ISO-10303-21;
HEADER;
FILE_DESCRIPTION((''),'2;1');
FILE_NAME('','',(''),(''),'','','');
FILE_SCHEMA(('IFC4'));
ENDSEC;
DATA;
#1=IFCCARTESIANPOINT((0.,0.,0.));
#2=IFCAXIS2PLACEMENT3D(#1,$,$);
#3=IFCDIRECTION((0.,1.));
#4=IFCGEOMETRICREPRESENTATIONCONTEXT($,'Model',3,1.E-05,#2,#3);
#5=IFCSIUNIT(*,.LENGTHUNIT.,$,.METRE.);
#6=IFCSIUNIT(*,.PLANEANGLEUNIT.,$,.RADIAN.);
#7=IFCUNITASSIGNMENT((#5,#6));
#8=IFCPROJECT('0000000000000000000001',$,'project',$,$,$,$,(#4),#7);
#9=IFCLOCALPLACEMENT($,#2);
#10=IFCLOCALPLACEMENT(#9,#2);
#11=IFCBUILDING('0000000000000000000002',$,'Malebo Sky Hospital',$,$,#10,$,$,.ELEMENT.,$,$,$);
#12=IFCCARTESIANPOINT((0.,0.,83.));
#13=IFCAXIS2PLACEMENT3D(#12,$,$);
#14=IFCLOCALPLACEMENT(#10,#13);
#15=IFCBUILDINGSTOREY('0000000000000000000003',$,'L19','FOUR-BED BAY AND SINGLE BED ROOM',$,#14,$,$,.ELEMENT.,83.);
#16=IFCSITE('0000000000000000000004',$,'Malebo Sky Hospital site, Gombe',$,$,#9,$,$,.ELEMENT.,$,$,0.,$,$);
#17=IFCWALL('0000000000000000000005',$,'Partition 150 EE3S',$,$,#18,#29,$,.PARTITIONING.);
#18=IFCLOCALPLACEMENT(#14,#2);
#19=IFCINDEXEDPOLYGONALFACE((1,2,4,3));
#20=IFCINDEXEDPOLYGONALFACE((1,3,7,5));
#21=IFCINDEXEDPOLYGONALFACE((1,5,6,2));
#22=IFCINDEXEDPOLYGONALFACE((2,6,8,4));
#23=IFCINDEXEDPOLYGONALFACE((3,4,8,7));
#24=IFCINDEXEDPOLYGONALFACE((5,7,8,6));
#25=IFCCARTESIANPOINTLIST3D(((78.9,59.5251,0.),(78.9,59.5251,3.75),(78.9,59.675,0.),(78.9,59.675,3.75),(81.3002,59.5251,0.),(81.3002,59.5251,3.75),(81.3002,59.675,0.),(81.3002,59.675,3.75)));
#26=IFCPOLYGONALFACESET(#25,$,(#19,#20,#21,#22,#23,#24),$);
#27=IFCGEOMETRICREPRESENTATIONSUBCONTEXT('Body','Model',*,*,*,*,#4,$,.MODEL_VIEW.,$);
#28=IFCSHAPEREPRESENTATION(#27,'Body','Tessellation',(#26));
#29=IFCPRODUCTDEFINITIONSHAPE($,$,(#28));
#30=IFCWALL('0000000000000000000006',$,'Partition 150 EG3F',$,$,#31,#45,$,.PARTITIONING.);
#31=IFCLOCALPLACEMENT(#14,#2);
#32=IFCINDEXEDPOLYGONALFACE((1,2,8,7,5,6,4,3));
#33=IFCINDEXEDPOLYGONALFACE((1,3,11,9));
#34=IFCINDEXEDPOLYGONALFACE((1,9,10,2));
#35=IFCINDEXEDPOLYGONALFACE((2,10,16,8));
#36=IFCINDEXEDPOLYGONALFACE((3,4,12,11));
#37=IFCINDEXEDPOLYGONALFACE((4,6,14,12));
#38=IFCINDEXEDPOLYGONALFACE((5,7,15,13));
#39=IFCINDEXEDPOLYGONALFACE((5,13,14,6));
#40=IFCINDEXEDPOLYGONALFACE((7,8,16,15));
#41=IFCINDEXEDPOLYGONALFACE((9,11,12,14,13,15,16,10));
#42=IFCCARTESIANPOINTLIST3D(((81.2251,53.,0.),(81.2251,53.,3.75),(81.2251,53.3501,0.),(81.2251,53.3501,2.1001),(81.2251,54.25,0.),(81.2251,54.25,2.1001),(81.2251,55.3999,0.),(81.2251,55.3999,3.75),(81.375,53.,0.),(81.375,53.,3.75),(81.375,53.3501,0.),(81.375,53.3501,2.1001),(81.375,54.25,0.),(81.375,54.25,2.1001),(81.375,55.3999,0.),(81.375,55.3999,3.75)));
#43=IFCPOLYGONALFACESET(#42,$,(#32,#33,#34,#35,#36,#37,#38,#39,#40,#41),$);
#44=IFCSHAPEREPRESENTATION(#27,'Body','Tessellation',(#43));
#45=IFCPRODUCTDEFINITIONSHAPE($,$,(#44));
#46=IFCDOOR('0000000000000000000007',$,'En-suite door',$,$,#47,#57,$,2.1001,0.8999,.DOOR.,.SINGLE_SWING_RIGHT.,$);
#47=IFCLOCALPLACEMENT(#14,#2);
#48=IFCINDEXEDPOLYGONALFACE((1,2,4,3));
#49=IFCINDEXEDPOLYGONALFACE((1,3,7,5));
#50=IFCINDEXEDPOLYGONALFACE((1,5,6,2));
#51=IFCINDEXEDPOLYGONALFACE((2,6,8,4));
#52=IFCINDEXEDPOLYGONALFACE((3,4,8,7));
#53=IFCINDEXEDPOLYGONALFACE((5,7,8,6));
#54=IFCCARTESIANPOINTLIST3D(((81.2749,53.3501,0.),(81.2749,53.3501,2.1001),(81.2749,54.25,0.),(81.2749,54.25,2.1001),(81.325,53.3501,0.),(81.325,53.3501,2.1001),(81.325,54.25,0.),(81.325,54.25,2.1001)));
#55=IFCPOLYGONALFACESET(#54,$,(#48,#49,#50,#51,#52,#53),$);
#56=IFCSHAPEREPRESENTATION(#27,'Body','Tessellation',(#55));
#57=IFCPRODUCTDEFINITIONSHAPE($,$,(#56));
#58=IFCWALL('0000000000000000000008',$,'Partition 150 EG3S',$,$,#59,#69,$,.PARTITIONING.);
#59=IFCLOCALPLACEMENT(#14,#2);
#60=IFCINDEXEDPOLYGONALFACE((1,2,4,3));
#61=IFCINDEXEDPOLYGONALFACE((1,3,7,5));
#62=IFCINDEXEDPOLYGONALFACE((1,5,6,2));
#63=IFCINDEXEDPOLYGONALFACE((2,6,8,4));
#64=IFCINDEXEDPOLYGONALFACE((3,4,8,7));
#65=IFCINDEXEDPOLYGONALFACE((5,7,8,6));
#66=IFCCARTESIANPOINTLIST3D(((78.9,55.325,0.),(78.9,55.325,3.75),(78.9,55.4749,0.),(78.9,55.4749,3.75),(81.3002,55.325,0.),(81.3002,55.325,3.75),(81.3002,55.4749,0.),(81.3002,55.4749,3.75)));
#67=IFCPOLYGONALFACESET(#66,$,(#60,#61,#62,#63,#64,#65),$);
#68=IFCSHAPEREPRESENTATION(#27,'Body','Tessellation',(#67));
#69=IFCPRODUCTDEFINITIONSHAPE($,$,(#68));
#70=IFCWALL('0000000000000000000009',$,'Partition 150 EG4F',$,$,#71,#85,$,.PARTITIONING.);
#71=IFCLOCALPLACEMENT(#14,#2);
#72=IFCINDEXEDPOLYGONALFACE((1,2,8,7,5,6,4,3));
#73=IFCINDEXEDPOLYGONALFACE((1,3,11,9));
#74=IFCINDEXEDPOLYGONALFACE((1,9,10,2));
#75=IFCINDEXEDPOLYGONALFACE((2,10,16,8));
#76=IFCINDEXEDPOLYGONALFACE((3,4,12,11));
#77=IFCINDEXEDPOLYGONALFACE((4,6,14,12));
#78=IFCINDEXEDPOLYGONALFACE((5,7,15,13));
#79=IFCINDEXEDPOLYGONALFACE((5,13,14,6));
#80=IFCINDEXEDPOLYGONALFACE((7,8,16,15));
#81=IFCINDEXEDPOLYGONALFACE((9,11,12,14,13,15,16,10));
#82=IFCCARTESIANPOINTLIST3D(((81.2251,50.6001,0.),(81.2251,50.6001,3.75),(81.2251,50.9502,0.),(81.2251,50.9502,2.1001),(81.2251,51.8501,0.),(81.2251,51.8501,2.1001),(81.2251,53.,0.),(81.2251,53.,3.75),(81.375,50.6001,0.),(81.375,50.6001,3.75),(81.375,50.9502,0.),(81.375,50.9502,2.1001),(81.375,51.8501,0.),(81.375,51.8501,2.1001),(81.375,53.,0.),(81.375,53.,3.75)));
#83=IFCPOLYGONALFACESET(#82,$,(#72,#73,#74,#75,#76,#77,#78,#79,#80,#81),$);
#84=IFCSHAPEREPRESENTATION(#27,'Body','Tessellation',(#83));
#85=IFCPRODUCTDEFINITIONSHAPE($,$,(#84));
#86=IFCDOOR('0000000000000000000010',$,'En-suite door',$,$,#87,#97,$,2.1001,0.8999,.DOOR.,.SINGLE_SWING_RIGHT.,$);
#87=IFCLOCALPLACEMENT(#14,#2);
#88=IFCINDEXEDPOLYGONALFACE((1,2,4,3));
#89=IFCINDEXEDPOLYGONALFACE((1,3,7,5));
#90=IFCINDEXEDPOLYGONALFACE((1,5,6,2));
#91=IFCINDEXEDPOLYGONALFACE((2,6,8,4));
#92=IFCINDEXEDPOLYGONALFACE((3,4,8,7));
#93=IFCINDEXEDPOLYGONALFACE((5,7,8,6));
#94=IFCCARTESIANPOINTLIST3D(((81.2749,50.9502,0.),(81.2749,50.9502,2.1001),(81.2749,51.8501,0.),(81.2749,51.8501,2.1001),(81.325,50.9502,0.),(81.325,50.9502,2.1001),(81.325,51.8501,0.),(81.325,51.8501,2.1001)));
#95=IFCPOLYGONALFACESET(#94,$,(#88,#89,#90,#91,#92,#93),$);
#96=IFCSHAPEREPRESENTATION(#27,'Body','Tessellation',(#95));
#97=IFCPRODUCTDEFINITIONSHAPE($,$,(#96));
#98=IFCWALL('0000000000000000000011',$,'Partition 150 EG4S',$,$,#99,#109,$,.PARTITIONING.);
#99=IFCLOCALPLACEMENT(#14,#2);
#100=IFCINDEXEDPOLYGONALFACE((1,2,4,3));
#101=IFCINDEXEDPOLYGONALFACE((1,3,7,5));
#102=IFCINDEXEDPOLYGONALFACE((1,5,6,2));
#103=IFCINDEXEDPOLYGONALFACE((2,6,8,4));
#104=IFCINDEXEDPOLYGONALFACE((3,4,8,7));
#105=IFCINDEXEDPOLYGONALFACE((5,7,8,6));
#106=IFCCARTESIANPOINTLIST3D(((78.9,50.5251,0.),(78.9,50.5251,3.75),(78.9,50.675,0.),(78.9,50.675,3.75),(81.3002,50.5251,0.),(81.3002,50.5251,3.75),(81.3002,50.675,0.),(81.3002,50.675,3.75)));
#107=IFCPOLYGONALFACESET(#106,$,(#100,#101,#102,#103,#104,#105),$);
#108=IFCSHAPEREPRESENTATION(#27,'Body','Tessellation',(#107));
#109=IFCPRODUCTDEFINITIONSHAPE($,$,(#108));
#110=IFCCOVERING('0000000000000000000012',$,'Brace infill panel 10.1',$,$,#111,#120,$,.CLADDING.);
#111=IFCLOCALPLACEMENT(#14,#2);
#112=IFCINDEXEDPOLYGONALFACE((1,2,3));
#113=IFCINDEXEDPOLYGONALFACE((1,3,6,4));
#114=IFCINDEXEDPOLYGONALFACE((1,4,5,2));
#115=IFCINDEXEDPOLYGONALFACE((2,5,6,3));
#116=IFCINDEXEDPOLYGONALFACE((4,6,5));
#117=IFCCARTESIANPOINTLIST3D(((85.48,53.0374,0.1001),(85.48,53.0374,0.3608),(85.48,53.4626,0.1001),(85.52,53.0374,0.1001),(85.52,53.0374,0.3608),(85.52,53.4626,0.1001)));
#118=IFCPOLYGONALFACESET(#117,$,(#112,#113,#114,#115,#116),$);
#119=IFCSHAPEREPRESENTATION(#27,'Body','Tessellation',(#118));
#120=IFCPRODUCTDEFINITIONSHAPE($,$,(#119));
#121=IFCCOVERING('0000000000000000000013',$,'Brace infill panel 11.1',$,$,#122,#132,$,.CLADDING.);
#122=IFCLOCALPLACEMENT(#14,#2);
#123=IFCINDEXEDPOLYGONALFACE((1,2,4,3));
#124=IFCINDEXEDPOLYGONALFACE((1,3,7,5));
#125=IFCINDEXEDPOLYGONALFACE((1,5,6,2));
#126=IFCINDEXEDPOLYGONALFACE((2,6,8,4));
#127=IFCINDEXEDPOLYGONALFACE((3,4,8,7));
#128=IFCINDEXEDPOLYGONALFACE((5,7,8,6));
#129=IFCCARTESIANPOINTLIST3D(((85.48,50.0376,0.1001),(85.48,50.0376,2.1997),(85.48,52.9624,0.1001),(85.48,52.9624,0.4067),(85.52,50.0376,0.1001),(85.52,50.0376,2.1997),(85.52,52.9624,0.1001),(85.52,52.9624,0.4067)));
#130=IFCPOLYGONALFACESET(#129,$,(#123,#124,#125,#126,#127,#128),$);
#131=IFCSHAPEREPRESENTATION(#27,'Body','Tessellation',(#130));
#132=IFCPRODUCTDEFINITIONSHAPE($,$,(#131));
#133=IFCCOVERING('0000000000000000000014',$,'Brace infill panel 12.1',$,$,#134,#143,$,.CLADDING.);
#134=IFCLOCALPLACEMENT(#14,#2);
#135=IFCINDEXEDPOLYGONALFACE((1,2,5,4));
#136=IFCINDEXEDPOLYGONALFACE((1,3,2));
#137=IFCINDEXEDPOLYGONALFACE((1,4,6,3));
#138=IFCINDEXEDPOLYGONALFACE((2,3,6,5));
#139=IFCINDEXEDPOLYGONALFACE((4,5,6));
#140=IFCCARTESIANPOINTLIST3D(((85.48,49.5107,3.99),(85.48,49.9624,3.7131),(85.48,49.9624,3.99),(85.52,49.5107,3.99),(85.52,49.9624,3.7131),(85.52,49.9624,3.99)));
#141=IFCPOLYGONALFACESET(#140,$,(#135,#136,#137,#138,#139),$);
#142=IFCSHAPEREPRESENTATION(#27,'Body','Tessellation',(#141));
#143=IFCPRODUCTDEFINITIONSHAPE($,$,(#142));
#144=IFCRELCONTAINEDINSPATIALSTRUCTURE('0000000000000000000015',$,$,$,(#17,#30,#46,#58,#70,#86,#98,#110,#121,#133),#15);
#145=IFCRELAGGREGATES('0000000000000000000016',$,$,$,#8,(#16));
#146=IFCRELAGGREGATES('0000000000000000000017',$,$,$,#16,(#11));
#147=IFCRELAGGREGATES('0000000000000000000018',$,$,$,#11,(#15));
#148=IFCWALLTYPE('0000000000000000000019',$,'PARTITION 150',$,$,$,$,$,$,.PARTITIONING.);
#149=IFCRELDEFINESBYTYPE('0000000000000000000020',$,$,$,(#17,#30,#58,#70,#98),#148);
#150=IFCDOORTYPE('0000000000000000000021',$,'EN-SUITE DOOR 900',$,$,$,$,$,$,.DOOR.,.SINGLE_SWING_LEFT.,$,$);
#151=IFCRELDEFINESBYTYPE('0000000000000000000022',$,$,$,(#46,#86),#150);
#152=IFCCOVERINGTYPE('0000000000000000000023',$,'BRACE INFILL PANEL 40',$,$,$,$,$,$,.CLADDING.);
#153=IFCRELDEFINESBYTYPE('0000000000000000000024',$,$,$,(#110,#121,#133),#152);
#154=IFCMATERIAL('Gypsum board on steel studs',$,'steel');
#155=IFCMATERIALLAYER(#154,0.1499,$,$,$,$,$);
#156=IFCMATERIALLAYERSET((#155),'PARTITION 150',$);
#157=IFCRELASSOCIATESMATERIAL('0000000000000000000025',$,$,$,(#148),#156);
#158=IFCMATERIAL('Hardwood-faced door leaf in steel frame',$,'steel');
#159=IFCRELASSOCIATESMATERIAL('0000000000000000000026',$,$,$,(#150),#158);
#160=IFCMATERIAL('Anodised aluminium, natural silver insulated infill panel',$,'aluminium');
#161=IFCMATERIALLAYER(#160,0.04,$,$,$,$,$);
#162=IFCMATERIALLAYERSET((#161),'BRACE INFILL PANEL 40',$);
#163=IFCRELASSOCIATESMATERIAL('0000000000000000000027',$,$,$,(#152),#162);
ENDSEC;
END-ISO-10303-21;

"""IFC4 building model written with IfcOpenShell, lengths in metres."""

from ifc_helpers import new_model, si_unit, direction, frame, frame_2d, origin, place, context, subcontext, project, spatial, polyline, rectangle, outline, extrude, material, layer, layer_set, type_object, element, fill, save


model = new_model("IFC4")

# Units and contexts
model_context = context("Model", 3, precision=1e-05, world=origin(), true_north=direction((0.0, 1.0)))
body_context = subcontext(model_context, "Body", "Model", "MODEL_VIEW")
ifc_project = project(units=[si_unit("LENGTHUNIT", "METRE"), si_unit("PLANEANGLEUNIT", "RADIAN")], contexts=[model_context])

# Site, building, storey
site_placement = place(None, origin())
site = spatial("IfcSite", under=ifc_project, at=site_placement, Name="Malebo Sky Hospital site, Gombe", CompositionType="ELEMENT", RefElevation=0.0)
building_placement = place(site_placement, origin())
building = spatial("IfcBuilding", under=site, at=building_placement, Name="Malebo Sky Hospital", CompositionType="ELEMENT")
storey_placement = place(building_placement, frame((0.0, 0.0, 83.0)))
storey = spatial("IfcBuildingStorey", under=building, at=storey_placement, Name="L19", Description="FOUR-BED BAY AND SINGLE BED ROOM", CompositionType="ELEMENT", Elevation=83.0)

# Wall
ifc_material_1 = material(Name="Gypsum board on steel studs", Category="steel")
ifc_layer_1 = layer(ifc_material_1, 0.1499)
ifc_layer_set_1 = layer_set([ifc_layer_1], Name="PARTITION 150")
wall_type = type_object("IfcWallType", Name="PARTITION 150", PredefinedType="PARTITIONING", material=ifc_layer_set_1)
wall_1_placement = place(storey_placement, frame((78.8999, 59.6001, 0.0), z_axis=(0.0, 0.0, 1.0), x_axis=(1.0, 0.0, 0.0)))
element("IfcWall", 1, at=wall_1_placement, inside=storey, type_object=wall_type, Name="Partition 150 EE3S", PredefinedType="PARTITIONING", context=body_context, shape_type="SweptSolid", body=[
    extrude(rectangle(XDim=2.4001, YDim=0.1499, at=frame_2d((1.2002, 0.0))), origin(), (0.0, 0.0, 1.0), 3.75),
])

# Wall, opening, door
wall_2_placement = place(storey_placement, frame((81.3, 55.3999, 0.0), z_axis=(0.0, 0.0, 1.0), x_axis=(0.0, -1.0, 0.0)))
wall_2 = element("IfcWall", 2, at=wall_2_placement, inside=storey, type_object=wall_type, Name="Partition 150 EG3F", PredefinedType="PARTITIONING", context=body_context, shape_type="SweptSolid", body=[
    extrude(rectangle(XDim=2.3999, YDim=0.1499, at=frame_2d((1.2, 0.0))), origin(), (0.0, 0.0, 1.0), 3.75),
])
opening_1_placement = place(wall_2_placement, frame((1.1499, 0.0, 0.0)))
opening_1 = element("IfcOpeningElement", 3, at=opening_1_placement, cuts=wall_2, PredefinedType="OPENING", context=body_context, shape_type="SweptSolid", body=[
    extrude(rectangle(XDim=0.8999, YDim=2.1001, at=frame_2d((0.45, 1.05))), frame((0.0, 0.085, 0.0), z_axis=(0.0, -1.0, 0.0), x_axis=(1.0, 0.0, 0.0)), (0.0, 0.0, 1.0), 0.1699),
])
ifc_material_2 = material(Name="Hardwood-faced door leaf in steel frame", Category="steel")
door_type = type_object("IfcDoorType", Name="EN-SUITE DOOR 900", OperationType="SINGLE_SWING_LEFT", PredefinedType="DOOR", material=ifc_material_2)
door_1_placement = place(opening_1_placement, origin())
door_1 = element("IfcDoor", 4, at=door_1_placement, inside=storey, type_object=door_type, Name="En-suite door", OperationType="SINGLE_SWING_RIGHT", OverallHeight=2.1001, OverallWidth=0.8999, PredefinedType="DOOR", context=body_context, shape_type="SweptSolid", body=[
    extrude(rectangle(XDim=0.8999, YDim=2.1001, at=frame_2d((0.45, 1.05))), frame((0.0, 0.0249, 0.0), z_axis=(0.0, -1.0, 0.0), x_axis=(1.0, 0.0, 0.0)), (0.0, 0.0, 1.0), 0.05),
])
fill(opening_1, door_1)

# Wall
wall_3_placement = place(storey_placement, frame((78.8999, 55.3999, 0.0), z_axis=(0.0, 0.0, 1.0), x_axis=(1.0, 0.0, 0.0)))
element("IfcWall", 5, at=wall_3_placement, inside=storey, type_object=wall_type, Name="Partition 150 EG3S", PredefinedType="PARTITIONING", context=body_context, shape_type="SweptSolid", body=[
    extrude(rectangle(XDim=2.4001, YDim=0.1499, at=frame_2d((1.2002, 0.0))), origin(), (0.0, 0.0, 1.0), 3.75),
])

# Wall, opening, door
wall_4_placement = place(storey_placement, frame((81.3, 53.0, 0.0), z_axis=(0.0, 0.0, 1.0), x_axis=(0.0, -1.0, 0.0)))
wall_4 = element("IfcWall", 6, at=wall_4_placement, inside=storey, type_object=wall_type, Name="Partition 150 EG4F", PredefinedType="PARTITIONING", context=body_context, shape_type="SweptSolid", body=[
    extrude(rectangle(XDim=2.3999, YDim=0.1499, at=frame_2d((1.2, 0.0))), origin(), (0.0, 0.0, 1.0), 3.75),
])
opening_2_placement = place(wall_4_placement, frame((1.1499, 0.0, 0.0)))
opening_2 = element("IfcOpeningElement", 7, at=opening_2_placement, cuts=wall_4, PredefinedType="OPENING", context=body_context, shape_type="SweptSolid", body=[
    extrude(rectangle(XDim=0.8999, YDim=2.1001, at=frame_2d((0.45, 1.05))), frame((0.0, 0.085, 0.0), z_axis=(0.0, -1.0, 0.0), x_axis=(1.0, 0.0, 0.0)), (0.0, 0.0, 1.0), 0.1699),
])
door_2_placement = place(opening_2_placement, origin())
door_2 = element("IfcDoor", 8, at=door_2_placement, inside=storey, type_object=door_type, Name="En-suite door", OperationType="SINGLE_SWING_RIGHT", OverallHeight=2.1001, OverallWidth=0.8999, PredefinedType="DOOR", context=body_context, shape_type="SweptSolid", body=[
    extrude(rectangle(XDim=0.8999, YDim=2.1001, at=frame_2d((0.45, 1.05))), frame((0.0, 0.0249, 0.0), z_axis=(0.0, -1.0, 0.0), x_axis=(1.0, 0.0, 0.0)), (0.0, 0.0, 1.0), 0.05),
])
fill(opening_2, door_2)

# Wall
wall_5_placement = place(storey_placement, frame((78.8999, 50.6001, 0.0), z_axis=(0.0, 0.0, 1.0), x_axis=(1.0, 0.0, 0.0)))
element("IfcWall", 9, at=wall_5_placement, inside=storey, type_object=wall_type, Name="Partition 150 EG4S", PredefinedType="PARTITIONING", context=body_context, shape_type="SweptSolid", body=[
    extrude(rectangle(XDim=2.4001, YDim=0.1499, at=frame_2d((1.2002, 0.0))), origin(), (0.0, 0.0, 1.0), 3.75),
])

# Coverings
ifc_material_3 = material(Name="Anodised aluminium, natural silver insulated infill panel", Category="aluminium")
ifc_layer_2 = layer(ifc_material_3, 0.04)
ifc_layer_set_2 = layer_set([ifc_layer_2], Name="BRACE INFILL PANEL 40")
covering_type = type_object("IfcCoveringType", Name="BRACE INFILL PANEL 40", PredefinedType="CLADDING", material=ifc_layer_set_2)
covering_1_placement = place(storey_placement, frame((85.5, 53.25, 0.1001), z_axis=(0.0, 0.0, 1.0), x_axis=(0.0, -1.0, 0.0)))
element("IfcCovering", 10, at=covering_1_placement, inside=storey, type_object=covering_type, Name="Brace infill panel 10.1", PredefinedType="CLADDING", context=body_context, shape_type="SweptSolid", body=[
    extrude(outline(polyline([(-0.2126, 0.0), (0.2126, 0.0), (0.2126, 0.2607), (-0.2126, 0.0)])), frame((0.0, 0.02, 0.0), z_axis=(0.0, -1.0, 0.0), x_axis=(1.0, 0.0, 0.0)), (0.0, 0.0, 1.0), 0.04),
])
covering_2_placement = place(storey_placement, frame((85.5, 51.5, 0.1001), z_axis=(0.0, 0.0, 1.0), x_axis=(0.0, -1.0, 0.0)))
element("IfcCovering", 11, at=covering_2_placement, inside=storey, type_object=covering_type, Name="Brace infill panel 11.1", PredefinedType="CLADDING", context=body_context, shape_type="SweptSolid", body=[
    extrude(outline(polyline([(-1.4624, 0.0), (1.4624, 0.0), (1.4624, 2.0996), (-1.4624, 0.3066), (-1.4624, 0.0)])), frame((0.0, 0.02, 0.0), z_axis=(0.0, -1.0, 0.0), x_axis=(1.0, 0.0, 0.0)), (0.0, 0.0, 1.0), 0.04),
])
covering_3_placement = place(storey_placement, frame((85.5, 49.7366, 3.7131), z_axis=(0.0, 0.0, 1.0), x_axis=(0.0, -1.0, 0.0)))
element("IfcCovering", 12, at=covering_3_placement, inside=storey, type_object=covering_type, Name="Brace infill panel 12.1", PredefinedType="CLADDING", context=body_context, shape_type="SweptSolid", body=[
    extrude(outline(polyline([(-0.2258, 0.0), (0.2258, 0.2769), (-0.2258, 0.2769), (-0.2258, 0.0)])), frame((0.0, 0.02, 0.0), z_axis=(0.0, -1.0, 0.0), x_axis=(1.0, 0.0, 0.0)), (0.0, 0.0, 1.0), 0.04),
])

save(model, "model.ifc")
